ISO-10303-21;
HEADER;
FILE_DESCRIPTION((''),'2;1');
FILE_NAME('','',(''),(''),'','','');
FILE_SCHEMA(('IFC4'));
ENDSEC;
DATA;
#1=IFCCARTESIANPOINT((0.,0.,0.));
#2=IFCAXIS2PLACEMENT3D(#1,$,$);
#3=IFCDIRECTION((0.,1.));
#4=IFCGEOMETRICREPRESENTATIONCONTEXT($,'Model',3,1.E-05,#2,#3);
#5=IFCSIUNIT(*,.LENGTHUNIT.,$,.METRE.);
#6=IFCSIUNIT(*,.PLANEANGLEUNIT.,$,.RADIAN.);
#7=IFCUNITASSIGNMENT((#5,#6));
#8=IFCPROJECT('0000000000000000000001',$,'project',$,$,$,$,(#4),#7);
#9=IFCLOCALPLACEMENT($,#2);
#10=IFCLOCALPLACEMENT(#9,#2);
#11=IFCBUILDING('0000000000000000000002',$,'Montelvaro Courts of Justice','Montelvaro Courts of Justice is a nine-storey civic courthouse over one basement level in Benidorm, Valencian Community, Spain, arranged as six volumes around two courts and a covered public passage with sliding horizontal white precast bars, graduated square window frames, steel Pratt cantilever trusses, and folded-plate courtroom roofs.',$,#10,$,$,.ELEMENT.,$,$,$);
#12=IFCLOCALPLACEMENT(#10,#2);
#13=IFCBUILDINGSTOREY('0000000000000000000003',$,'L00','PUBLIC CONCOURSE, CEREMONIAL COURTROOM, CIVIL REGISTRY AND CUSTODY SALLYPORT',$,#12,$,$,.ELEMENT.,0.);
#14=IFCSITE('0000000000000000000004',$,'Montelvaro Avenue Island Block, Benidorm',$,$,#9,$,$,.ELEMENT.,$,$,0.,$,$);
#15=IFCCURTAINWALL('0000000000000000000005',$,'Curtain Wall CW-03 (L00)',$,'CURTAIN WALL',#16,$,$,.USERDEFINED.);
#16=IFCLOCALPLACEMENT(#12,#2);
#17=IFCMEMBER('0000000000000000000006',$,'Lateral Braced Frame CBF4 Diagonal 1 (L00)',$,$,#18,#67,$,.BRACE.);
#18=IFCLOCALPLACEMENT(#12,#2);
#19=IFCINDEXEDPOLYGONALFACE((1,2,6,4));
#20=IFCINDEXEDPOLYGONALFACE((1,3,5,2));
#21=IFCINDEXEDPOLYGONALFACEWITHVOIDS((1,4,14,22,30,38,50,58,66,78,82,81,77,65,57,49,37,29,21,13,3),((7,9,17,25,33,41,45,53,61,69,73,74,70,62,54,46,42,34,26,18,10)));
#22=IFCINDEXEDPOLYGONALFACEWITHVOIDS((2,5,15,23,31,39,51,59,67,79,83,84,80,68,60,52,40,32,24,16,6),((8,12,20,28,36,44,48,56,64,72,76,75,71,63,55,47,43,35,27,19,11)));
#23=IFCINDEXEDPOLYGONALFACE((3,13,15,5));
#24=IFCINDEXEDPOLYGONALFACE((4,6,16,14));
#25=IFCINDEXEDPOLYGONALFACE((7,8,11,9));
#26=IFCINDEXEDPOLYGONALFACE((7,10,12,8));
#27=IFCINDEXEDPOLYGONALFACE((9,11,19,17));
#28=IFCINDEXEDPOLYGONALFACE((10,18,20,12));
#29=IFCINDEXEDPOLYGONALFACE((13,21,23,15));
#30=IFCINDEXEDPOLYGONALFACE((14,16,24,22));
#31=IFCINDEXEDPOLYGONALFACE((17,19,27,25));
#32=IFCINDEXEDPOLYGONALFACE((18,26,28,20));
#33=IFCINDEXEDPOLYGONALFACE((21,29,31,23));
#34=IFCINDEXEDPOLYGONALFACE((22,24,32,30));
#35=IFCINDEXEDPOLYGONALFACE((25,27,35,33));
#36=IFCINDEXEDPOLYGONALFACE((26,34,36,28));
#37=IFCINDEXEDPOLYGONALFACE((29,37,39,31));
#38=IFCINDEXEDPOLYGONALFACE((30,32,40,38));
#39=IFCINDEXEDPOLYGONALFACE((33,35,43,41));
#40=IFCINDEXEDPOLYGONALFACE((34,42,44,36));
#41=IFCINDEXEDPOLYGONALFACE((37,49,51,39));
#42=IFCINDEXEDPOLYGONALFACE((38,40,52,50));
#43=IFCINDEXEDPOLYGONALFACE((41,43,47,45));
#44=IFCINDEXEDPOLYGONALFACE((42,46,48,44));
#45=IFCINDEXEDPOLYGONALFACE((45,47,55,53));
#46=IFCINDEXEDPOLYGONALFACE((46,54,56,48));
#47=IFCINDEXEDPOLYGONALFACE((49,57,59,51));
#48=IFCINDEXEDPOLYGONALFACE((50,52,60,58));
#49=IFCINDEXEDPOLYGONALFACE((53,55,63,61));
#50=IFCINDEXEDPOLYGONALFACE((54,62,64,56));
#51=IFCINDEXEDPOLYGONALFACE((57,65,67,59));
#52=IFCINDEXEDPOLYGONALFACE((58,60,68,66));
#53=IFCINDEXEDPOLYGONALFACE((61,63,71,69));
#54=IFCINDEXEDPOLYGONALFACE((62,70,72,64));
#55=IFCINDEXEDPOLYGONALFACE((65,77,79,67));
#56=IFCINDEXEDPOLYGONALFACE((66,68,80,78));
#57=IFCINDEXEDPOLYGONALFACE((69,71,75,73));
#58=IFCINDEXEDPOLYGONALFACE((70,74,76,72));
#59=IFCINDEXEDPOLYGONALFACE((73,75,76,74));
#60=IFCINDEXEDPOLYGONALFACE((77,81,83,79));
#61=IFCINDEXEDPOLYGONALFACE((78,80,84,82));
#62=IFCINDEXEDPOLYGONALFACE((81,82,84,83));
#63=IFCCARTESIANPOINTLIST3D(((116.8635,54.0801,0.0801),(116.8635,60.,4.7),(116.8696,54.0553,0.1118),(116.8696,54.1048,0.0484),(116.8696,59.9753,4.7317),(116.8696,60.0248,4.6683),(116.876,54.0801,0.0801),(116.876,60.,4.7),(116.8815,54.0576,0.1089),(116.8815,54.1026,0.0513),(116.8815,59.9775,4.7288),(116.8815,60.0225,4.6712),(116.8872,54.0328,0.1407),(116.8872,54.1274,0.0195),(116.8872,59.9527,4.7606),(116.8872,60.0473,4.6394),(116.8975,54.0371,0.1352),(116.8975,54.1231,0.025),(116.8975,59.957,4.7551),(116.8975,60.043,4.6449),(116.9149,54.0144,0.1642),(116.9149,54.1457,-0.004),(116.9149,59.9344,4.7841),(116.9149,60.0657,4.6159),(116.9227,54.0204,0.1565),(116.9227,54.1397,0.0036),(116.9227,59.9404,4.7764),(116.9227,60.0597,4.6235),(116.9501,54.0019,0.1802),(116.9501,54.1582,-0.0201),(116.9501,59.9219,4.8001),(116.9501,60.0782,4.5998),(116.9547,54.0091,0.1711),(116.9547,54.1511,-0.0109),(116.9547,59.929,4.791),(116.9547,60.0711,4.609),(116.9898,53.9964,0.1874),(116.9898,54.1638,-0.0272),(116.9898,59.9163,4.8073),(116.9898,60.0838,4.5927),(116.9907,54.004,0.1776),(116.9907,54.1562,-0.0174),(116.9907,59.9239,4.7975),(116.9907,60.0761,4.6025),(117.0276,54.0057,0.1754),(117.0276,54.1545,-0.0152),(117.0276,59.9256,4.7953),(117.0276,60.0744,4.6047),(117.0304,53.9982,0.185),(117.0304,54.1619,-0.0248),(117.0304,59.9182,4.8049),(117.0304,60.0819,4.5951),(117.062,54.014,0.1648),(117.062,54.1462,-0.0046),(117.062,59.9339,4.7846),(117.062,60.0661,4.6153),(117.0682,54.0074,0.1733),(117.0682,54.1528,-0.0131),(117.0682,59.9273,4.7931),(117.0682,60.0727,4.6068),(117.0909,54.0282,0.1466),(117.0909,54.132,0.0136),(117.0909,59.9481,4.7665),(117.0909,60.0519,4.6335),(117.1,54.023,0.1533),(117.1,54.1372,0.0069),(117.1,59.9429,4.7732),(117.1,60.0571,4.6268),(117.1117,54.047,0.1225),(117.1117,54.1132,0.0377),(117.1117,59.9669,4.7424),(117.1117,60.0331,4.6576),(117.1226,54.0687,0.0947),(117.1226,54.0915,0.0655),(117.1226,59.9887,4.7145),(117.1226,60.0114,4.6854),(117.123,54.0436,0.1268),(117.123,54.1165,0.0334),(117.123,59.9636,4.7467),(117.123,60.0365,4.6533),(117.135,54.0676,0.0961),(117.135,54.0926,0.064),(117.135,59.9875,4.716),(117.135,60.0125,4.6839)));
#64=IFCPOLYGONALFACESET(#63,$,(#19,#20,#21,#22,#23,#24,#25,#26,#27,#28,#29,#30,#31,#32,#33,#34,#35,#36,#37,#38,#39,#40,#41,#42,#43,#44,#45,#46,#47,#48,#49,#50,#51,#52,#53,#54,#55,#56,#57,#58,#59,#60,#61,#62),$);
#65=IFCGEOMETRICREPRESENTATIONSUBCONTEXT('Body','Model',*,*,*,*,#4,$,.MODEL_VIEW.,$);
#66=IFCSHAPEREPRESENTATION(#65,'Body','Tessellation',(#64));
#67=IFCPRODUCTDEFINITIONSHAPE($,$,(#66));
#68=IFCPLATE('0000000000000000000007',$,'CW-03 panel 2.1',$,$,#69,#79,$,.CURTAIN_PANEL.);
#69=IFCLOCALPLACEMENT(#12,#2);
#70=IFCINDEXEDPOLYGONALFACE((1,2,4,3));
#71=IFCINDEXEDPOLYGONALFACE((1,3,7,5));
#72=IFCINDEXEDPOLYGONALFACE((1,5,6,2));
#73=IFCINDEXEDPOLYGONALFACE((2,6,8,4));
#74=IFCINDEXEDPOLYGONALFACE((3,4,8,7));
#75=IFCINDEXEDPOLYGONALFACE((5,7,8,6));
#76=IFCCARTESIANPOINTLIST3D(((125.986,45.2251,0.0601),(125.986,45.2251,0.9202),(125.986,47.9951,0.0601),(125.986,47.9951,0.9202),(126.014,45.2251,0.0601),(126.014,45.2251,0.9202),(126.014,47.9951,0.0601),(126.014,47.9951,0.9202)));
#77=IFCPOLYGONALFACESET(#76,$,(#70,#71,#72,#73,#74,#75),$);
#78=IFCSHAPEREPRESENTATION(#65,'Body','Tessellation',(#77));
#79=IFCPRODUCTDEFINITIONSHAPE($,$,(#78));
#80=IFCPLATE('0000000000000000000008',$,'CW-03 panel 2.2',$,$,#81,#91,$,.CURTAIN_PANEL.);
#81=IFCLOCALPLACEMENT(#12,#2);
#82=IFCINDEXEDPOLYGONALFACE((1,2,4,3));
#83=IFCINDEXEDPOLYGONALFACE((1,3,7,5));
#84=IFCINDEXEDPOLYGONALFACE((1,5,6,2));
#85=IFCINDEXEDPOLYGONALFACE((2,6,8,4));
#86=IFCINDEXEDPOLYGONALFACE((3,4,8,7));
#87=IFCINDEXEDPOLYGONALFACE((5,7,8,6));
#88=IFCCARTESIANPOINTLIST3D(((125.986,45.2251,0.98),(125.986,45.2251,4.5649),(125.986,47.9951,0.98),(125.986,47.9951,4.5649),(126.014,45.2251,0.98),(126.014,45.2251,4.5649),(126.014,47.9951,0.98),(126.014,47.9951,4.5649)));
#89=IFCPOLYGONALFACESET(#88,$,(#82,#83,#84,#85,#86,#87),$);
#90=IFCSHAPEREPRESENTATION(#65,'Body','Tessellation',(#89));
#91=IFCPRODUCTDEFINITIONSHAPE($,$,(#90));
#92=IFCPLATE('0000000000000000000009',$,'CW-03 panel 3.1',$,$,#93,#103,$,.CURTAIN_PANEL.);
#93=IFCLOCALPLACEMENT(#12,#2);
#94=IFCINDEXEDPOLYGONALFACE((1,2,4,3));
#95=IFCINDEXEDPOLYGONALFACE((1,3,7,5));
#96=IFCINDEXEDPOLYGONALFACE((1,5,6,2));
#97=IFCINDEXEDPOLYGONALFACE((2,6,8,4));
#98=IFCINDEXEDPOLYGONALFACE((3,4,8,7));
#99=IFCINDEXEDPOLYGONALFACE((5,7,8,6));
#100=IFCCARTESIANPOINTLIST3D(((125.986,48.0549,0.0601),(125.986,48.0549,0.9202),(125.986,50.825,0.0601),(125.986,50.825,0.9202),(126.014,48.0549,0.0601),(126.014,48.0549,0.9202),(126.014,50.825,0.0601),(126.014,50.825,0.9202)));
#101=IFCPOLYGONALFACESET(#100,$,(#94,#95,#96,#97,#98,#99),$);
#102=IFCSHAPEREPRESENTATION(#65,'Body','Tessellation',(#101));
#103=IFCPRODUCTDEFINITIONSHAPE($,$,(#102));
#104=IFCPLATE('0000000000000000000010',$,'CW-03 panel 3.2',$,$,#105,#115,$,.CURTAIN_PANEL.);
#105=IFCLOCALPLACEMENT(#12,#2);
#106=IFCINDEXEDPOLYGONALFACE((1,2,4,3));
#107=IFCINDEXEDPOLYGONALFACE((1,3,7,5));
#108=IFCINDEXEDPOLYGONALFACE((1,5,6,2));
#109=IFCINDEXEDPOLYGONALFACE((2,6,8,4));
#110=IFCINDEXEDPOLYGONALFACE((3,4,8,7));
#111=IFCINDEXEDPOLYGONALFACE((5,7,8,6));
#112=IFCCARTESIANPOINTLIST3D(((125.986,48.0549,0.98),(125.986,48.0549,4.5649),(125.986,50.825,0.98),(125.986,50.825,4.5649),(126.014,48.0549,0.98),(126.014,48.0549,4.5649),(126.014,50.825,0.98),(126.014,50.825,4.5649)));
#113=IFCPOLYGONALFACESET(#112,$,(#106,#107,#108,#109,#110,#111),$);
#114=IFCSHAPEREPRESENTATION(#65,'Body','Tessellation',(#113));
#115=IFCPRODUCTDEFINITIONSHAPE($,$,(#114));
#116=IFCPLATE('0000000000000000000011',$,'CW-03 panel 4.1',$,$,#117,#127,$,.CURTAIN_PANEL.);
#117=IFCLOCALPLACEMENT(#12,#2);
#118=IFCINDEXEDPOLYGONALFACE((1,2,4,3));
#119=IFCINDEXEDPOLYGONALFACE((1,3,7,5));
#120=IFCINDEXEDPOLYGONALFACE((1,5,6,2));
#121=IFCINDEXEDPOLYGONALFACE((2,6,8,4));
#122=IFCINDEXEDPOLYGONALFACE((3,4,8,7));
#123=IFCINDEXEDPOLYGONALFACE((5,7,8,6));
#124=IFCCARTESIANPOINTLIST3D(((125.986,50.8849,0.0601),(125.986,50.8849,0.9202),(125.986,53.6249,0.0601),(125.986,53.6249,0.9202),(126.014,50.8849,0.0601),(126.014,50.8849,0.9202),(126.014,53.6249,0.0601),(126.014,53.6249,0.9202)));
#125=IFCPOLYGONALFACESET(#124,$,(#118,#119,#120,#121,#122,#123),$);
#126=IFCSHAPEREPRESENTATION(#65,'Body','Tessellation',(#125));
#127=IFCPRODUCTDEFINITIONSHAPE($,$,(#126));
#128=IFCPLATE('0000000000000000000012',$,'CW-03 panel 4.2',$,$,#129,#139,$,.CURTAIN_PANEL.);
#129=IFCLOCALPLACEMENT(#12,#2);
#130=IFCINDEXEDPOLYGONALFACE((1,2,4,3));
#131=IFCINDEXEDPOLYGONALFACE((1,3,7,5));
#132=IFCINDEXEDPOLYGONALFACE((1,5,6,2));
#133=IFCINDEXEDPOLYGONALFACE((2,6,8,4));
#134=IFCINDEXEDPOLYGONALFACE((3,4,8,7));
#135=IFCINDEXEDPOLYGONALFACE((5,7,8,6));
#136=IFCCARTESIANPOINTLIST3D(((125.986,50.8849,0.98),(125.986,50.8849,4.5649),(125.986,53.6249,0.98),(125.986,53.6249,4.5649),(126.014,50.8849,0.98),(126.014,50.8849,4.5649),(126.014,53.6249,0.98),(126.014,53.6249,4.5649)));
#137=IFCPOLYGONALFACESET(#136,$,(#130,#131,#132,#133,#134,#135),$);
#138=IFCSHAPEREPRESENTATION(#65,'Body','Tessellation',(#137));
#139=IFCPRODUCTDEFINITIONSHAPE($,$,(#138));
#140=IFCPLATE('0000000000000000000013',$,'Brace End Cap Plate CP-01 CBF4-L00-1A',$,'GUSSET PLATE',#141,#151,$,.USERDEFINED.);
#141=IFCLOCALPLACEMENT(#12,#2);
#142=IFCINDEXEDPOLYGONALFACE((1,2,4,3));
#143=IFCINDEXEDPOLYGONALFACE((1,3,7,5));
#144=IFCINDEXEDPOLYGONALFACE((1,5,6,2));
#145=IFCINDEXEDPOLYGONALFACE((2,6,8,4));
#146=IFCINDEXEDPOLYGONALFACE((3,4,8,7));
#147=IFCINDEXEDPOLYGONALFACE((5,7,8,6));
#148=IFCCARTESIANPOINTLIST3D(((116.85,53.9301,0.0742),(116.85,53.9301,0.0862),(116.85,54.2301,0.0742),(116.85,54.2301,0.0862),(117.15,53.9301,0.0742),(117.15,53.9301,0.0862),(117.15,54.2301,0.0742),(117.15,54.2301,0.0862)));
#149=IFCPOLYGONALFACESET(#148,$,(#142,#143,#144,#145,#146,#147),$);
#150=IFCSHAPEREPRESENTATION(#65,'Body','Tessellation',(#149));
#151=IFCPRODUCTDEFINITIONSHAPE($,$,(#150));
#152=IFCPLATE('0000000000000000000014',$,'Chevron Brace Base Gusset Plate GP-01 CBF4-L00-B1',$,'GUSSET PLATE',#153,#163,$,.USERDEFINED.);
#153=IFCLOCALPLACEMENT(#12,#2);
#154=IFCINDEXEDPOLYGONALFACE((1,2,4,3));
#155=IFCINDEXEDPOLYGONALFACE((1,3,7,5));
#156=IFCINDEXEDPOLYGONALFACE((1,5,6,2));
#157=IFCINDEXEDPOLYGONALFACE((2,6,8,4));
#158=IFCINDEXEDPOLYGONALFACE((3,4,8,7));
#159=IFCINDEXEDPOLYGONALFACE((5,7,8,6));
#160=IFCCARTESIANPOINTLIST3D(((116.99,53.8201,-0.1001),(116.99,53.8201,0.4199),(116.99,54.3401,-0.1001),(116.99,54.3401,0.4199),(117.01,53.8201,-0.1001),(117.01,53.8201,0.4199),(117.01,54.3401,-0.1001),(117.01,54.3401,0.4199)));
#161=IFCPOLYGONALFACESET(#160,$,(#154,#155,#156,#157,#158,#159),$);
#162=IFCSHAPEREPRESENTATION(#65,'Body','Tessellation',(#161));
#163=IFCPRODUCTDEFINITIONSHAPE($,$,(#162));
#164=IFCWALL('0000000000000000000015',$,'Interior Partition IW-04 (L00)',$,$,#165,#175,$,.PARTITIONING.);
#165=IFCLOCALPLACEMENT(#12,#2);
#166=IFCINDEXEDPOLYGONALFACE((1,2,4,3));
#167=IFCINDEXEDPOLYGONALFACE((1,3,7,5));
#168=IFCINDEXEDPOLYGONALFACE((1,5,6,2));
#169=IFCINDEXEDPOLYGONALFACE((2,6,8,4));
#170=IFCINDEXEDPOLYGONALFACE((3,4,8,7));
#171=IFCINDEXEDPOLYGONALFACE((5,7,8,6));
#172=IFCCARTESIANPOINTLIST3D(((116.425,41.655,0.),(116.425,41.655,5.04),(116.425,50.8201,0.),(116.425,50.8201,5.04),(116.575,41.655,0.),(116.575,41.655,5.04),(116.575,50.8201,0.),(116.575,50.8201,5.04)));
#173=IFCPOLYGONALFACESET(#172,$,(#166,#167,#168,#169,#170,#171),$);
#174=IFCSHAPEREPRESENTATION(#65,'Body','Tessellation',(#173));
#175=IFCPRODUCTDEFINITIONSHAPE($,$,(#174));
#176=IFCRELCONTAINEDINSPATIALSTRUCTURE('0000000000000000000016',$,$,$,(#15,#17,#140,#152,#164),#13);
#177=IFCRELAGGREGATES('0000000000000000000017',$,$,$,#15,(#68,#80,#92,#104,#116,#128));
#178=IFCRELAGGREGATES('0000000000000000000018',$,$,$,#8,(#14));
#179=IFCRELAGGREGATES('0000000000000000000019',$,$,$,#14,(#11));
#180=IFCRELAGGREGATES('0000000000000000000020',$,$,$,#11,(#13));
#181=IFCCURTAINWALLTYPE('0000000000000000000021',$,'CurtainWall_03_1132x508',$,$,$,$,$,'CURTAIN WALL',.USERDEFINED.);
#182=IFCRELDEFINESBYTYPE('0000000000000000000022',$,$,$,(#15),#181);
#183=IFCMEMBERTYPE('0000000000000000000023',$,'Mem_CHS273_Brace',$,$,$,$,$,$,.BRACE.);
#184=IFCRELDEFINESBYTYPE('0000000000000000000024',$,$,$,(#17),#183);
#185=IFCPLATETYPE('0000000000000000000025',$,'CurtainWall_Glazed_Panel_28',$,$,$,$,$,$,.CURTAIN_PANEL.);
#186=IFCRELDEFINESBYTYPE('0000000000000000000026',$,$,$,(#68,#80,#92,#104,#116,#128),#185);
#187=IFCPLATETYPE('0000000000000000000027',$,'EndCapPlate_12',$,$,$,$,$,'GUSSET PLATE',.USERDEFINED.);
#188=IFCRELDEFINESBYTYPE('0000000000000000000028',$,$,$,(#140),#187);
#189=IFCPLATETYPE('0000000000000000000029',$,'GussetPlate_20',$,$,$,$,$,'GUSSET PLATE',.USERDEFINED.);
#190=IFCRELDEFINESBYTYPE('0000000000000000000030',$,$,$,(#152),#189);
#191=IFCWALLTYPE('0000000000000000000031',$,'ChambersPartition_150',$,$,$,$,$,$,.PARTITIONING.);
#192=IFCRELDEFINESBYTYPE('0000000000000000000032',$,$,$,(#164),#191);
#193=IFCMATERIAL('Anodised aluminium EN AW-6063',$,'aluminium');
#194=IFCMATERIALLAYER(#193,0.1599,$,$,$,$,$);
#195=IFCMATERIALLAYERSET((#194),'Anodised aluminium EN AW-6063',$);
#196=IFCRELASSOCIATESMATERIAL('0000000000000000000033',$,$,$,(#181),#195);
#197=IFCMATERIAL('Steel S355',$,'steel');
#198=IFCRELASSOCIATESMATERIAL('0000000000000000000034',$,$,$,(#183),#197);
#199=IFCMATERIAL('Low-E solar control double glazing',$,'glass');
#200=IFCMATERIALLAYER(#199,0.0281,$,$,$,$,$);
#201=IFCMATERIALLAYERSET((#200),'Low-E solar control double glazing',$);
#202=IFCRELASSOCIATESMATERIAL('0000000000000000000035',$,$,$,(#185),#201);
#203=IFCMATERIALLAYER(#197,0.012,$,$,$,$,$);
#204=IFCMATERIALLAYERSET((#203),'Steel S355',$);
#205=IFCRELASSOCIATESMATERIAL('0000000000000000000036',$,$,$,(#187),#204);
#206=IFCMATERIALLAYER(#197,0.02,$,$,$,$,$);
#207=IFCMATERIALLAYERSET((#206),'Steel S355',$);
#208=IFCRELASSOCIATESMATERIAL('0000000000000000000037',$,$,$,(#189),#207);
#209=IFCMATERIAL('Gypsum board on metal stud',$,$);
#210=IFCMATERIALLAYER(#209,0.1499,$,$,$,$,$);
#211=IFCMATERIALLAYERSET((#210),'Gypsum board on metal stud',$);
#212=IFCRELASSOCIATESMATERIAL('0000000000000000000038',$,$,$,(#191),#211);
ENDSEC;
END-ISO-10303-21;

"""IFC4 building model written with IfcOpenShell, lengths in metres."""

from ifc_helpers import new_model, si_unit, direction, frame, frame_2d, origin, origin_2d, place, context, subcontext, project, spatial, rectangle, hollow_circle, extrude, material, layer, layer_set, material_profile, profile_set, type_object, element, aggregate, save


model = new_model("IFC4")

# Units and contexts
model_context = context("Model", 3, precision=1e-05, world=origin(), true_north=direction((0.0, 1.0)))
body_context = subcontext(model_context, "Body", "Model", "MODEL_VIEW")
ifc_project = project(units=[si_unit("LENGTHUNIT", "METRE"), si_unit("PLANEANGLEUNIT", "RADIAN")], contexts=[model_context])

# Site, building, storey
site_placement = place(None, origin())
site = spatial("IfcSite", under=ifc_project, at=site_placement, Name="Montelvaro Avenue Island Block, Benidorm", CompositionType="ELEMENT", RefElevation=0.0)
building_placement = place(site_placement, origin())
building = spatial("IfcBuilding", under=site, at=building_placement, Name="Montelvaro Courts of Justice", Description="Montelvaro Courts of Justice is a nine-storey civic courthouse over one basement level in Benidorm, Valencian Community, Spain, arranged as six volumes around two courts and a covered public passage with sliding horizontal white precast bars, graduated square window frames, steel Pratt cantilever trusses, and folded-plate courtroom roofs.", CompositionType="ELEMENT")
storey_placement = place(building_placement, origin())
storey = spatial("IfcBuildingStorey", under=building, at=storey_placement, Name="L00", Description="PUBLIC CONCOURSE, CEREMONIAL COURTROOM, CIVIL REGISTRY AND CUSTODY SALLYPORT", CompositionType="ELEMENT", Elevation=0.0)

# Shared definitions
ifc_material_1 = material(Name="Steel S355", Category="steel")

# Curtain wall
ifc_material_2 = material(Name="Anodised aluminium EN AW-6063", Category="aluminium")
ifc_layer_1 = layer(ifc_material_2, 0.1599)
ifc_layer_set_1 = layer_set([ifc_layer_1], Name="Anodised aluminium EN AW-6063")
curtain_wall_type = type_object("IfcCurtainWallType", Name="CurtainWall_03_1132x508", ElementType="CURTAIN WALL", PredefinedType="USERDEFINED", material=ifc_layer_set_1)
curtain_wall_placement = place(storey_placement, origin())
curtain_wall = element("IfcCurtainWall", 1, at=curtain_wall_placement, inside=storey, type_object=curtain_wall_type, Name="Curtain Wall CW-03 (L00)", ObjectType="CURTAIN WALL", PredefinedType="USERDEFINED")

# Member
ifc_material_profile_1 = material_profile(ifc_material_1, hollow_circle(Radius=0.1365, WallThickness=0.0125, at=origin_2d()), Name="CHS 273x12.5")
ifc_profile_set_1 = profile_set([ifc_material_profile_1], Name="Steel S355")
member_type_1 = type_object("IfcMemberType", Name="Mem_CHS273_Brace", PredefinedType="BRACE", material=ifc_profile_set_1)
member_1_placement = place(storey_placement, frame((117.0, 54.0801, 0.0801), z_axis=(0.0, 0.788352, 0.615225), x_axis=(-1.0, 0.0, 0.0)))
element("IfcMember", 2, at=member_1_placement, inside=storey, type_object=member_type_1, Name="Lateral Braced Frame CBF4 Diagonal 1 (L00)", PredefinedType="BRACE", context=body_context, shape_type="SweptSolid", body=[
    extrude(hollow_circle(Radius=0.1365, WallThickness=0.0125, at=origin_2d()), origin(), (0.0, 0.0, 1.0), 7.5093),
])

# Plates
ifc_material_3 = material(Name="Low-E solar control double glazing", Category="glass")
ifc_layer_2 = layer(ifc_material_3, 0.0281)
ifc_layer_set_2 = layer_set([ifc_layer_2], Name="Low-E solar control double glazing")
plate_type_1 = type_object("IfcPlateType", Name="CurtainWall_Glazed_Panel_28", PredefinedType="CURTAIN_PANEL", material=ifc_layer_set_2)
plate_1_placement = place(storey_placement, frame((126.0, 46.6101, 0.0601), z_axis=(0.0, 0.0, 1.0), x_axis=(0.0, 1.0, 0.0)))
plate_1 = element("IfcPlate", 3, at=plate_1_placement, type_object=plate_type_1, Name="CW-03 panel 2.1", PredefinedType="CURTAIN_PANEL", context=body_context, shape_type="SweptSolid", body=[
    extrude(rectangle(XDim=2.77, YDim=0.0281, at=origin_2d()), origin(), (0.0, 0.0, 1.0), 0.8601),
])
plate_2_placement = place(storey_placement, frame((126.0, 46.6101, 0.98), z_axis=(0.0, 0.0, 1.0), x_axis=(0.0, 1.0, 0.0)))
plate_2 = element("IfcPlate", 4, at=plate_2_placement, type_object=plate_type_1, Name="CW-03 panel 2.2", PredefinedType="CURTAIN_PANEL", context=body_context, shape_type="SweptSolid", body=[
    extrude(rectangle(XDim=2.77, YDim=0.0281, at=origin_2d()), origin(), (0.0, 0.0, 1.0), 3.585),
])
plate_3_placement = place(storey_placement, frame((126.0, 49.4399, 0.0601), z_axis=(0.0, 0.0, 1.0), x_axis=(0.0, 1.0, 0.0)))
plate_3 = element("IfcPlate", 5, at=plate_3_placement, type_object=plate_type_1, Name="CW-03 panel 3.1", PredefinedType="CURTAIN_PANEL", context=body_context, shape_type="SweptSolid", body=[
    extrude(rectangle(XDim=2.77, YDim=0.0281, at=origin_2d()), origin(), (0.0, 0.0, 1.0), 0.8601),
])
plate_4_placement = place(storey_placement, frame((126.0, 49.4399, 0.98), z_axis=(0.0, 0.0, 1.0), x_axis=(0.0, 1.0, 0.0)))
plate_4 = element("IfcPlate", 6, at=plate_4_placement, type_object=plate_type_1, Name="CW-03 panel 3.2", PredefinedType="CURTAIN_PANEL", context=body_context, shape_type="SweptSolid", body=[
    extrude(rectangle(XDim=2.77, YDim=0.0281, at=origin_2d()), origin(), (0.0, 0.0, 1.0), 3.585),
])
plate_5_placement = place(storey_placement, frame((126.0, 52.2549, 0.0601), z_axis=(0.0, 0.0, 1.0), x_axis=(0.0, 1.0, 0.0)))
plate_5 = element("IfcPlate", 7, at=plate_5_placement, type_object=plate_type_1, Name="CW-03 panel 4.1", PredefinedType="CURTAIN_PANEL", context=body_context, shape_type="SweptSolid", body=[
    extrude(rectangle(XDim=2.74, YDim=0.0281, at=origin_2d()), origin(), (0.0, 0.0, 1.0), 0.8601),
])
plate_6_placement = place(storey_placement, frame((126.0, 52.2549, 0.98), z_axis=(0.0, 0.0, 1.0), x_axis=(0.0, 1.0, 0.0)))
plate_6 = element("IfcPlate", 8, at=plate_6_placement, type_object=plate_type_1, Name="CW-03 panel 4.2", PredefinedType="CURTAIN_PANEL", context=body_context, shape_type="SweptSolid", body=[
    extrude(rectangle(XDim=2.74, YDim=0.0281, at=origin_2d()), origin(), (0.0, 0.0, 1.0), 3.585),
])
aggregate(curtain_wall, [plate_1, plate_2, plate_3, plate_4, plate_5, plate_6])

# Plates
ifc_layer_3 = layer(ifc_material_1, 0.012)
ifc_layer_set_3 = layer_set([ifc_layer_3], Name="Steel S355")
plate_type_2 = type_object("IfcPlateType", Name="EndCapPlate_12", ElementType="GUSSET PLATE", PredefinedType="USERDEFINED", material=ifc_layer_set_3)
plate_7_placement = place(storey_placement, frame((117.0, 54.0801, 0.0742), z_axis=(0.0, 0.0, 1.0), x_axis=(1.0, 0.0, 0.0)))
element("IfcPlate", 9, at=plate_7_placement, inside=storey, type_object=plate_type_2, Name="Brace End Cap Plate CP-01 CBF4-L00-1A", ObjectType="GUSSET PLATE", PredefinedType="USERDEFINED", context=body_context, shape_type="SweptSolid", body=[
    extrude(rectangle(XDim=0.3, YDim=0.3, at=origin_2d()), origin(), (0.0, 0.0, 1.0), 0.012),
])
ifc_layer_4 = layer(ifc_material_1, 0.02)
ifc_layer_set_4 = layer_set([ifc_layer_4], Name="Steel S355")
plate_type_3 = type_object("IfcPlateType", Name="GussetPlate_20", ElementType="GUSSET PLATE", PredefinedType="USERDEFINED", material=ifc_layer_set_4)
plate_8_placement = place(storey_placement, frame((117.0, 54.0801, -0.1001), z_axis=(0.0, 0.0, 1.0), x_axis=(1.0, 0.0, 0.0)))
element("IfcPlate", 10, at=plate_8_placement, inside=storey, type_object=plate_type_3, Name="Chevron Brace Base Gusset Plate GP-01 CBF4-L00-B1", ObjectType="GUSSET PLATE", PredefinedType="USERDEFINED", context=body_context, shape_type="SweptSolid", body=[
    extrude(rectangle(XDim=0.02, YDim=0.52, at=origin_2d()), origin(), (0.0, 0.0, 1.0), 0.52),
])

# Wall
ifc_material_4 = material(Name="Gypsum board on metal stud")
ifc_layer_5 = layer(ifc_material_4, 0.1499)
ifc_layer_set_5 = layer_set([ifc_layer_5], Name="Gypsum board on metal stud")
wall_type_1 = type_object("IfcWallType", Name="ChambersPartition_150", PredefinedType="PARTITIONING", material=ifc_layer_set_5)
wall_1_placement = place(storey_placement, frame((116.5, 50.8201, 0.0), z_axis=(0.0, 0.0, 1.0), x_axis=(0.0, -1.0, 0.0)))
element("IfcWall", 11, at=wall_1_placement, inside=storey, type_object=wall_type_1, Name="Interior Partition IW-04 (L00)", PredefinedType="PARTITIONING", context=body_context, shape_type="SweptSolid", body=[
    extrude(rectangle(XDim=9.165, YDim=0.1499, at=frame_2d((4.5825, 0.0))), origin(), (0.0, 0.0, 1.0), 5.04),
])

save(model, "model.ifc")
